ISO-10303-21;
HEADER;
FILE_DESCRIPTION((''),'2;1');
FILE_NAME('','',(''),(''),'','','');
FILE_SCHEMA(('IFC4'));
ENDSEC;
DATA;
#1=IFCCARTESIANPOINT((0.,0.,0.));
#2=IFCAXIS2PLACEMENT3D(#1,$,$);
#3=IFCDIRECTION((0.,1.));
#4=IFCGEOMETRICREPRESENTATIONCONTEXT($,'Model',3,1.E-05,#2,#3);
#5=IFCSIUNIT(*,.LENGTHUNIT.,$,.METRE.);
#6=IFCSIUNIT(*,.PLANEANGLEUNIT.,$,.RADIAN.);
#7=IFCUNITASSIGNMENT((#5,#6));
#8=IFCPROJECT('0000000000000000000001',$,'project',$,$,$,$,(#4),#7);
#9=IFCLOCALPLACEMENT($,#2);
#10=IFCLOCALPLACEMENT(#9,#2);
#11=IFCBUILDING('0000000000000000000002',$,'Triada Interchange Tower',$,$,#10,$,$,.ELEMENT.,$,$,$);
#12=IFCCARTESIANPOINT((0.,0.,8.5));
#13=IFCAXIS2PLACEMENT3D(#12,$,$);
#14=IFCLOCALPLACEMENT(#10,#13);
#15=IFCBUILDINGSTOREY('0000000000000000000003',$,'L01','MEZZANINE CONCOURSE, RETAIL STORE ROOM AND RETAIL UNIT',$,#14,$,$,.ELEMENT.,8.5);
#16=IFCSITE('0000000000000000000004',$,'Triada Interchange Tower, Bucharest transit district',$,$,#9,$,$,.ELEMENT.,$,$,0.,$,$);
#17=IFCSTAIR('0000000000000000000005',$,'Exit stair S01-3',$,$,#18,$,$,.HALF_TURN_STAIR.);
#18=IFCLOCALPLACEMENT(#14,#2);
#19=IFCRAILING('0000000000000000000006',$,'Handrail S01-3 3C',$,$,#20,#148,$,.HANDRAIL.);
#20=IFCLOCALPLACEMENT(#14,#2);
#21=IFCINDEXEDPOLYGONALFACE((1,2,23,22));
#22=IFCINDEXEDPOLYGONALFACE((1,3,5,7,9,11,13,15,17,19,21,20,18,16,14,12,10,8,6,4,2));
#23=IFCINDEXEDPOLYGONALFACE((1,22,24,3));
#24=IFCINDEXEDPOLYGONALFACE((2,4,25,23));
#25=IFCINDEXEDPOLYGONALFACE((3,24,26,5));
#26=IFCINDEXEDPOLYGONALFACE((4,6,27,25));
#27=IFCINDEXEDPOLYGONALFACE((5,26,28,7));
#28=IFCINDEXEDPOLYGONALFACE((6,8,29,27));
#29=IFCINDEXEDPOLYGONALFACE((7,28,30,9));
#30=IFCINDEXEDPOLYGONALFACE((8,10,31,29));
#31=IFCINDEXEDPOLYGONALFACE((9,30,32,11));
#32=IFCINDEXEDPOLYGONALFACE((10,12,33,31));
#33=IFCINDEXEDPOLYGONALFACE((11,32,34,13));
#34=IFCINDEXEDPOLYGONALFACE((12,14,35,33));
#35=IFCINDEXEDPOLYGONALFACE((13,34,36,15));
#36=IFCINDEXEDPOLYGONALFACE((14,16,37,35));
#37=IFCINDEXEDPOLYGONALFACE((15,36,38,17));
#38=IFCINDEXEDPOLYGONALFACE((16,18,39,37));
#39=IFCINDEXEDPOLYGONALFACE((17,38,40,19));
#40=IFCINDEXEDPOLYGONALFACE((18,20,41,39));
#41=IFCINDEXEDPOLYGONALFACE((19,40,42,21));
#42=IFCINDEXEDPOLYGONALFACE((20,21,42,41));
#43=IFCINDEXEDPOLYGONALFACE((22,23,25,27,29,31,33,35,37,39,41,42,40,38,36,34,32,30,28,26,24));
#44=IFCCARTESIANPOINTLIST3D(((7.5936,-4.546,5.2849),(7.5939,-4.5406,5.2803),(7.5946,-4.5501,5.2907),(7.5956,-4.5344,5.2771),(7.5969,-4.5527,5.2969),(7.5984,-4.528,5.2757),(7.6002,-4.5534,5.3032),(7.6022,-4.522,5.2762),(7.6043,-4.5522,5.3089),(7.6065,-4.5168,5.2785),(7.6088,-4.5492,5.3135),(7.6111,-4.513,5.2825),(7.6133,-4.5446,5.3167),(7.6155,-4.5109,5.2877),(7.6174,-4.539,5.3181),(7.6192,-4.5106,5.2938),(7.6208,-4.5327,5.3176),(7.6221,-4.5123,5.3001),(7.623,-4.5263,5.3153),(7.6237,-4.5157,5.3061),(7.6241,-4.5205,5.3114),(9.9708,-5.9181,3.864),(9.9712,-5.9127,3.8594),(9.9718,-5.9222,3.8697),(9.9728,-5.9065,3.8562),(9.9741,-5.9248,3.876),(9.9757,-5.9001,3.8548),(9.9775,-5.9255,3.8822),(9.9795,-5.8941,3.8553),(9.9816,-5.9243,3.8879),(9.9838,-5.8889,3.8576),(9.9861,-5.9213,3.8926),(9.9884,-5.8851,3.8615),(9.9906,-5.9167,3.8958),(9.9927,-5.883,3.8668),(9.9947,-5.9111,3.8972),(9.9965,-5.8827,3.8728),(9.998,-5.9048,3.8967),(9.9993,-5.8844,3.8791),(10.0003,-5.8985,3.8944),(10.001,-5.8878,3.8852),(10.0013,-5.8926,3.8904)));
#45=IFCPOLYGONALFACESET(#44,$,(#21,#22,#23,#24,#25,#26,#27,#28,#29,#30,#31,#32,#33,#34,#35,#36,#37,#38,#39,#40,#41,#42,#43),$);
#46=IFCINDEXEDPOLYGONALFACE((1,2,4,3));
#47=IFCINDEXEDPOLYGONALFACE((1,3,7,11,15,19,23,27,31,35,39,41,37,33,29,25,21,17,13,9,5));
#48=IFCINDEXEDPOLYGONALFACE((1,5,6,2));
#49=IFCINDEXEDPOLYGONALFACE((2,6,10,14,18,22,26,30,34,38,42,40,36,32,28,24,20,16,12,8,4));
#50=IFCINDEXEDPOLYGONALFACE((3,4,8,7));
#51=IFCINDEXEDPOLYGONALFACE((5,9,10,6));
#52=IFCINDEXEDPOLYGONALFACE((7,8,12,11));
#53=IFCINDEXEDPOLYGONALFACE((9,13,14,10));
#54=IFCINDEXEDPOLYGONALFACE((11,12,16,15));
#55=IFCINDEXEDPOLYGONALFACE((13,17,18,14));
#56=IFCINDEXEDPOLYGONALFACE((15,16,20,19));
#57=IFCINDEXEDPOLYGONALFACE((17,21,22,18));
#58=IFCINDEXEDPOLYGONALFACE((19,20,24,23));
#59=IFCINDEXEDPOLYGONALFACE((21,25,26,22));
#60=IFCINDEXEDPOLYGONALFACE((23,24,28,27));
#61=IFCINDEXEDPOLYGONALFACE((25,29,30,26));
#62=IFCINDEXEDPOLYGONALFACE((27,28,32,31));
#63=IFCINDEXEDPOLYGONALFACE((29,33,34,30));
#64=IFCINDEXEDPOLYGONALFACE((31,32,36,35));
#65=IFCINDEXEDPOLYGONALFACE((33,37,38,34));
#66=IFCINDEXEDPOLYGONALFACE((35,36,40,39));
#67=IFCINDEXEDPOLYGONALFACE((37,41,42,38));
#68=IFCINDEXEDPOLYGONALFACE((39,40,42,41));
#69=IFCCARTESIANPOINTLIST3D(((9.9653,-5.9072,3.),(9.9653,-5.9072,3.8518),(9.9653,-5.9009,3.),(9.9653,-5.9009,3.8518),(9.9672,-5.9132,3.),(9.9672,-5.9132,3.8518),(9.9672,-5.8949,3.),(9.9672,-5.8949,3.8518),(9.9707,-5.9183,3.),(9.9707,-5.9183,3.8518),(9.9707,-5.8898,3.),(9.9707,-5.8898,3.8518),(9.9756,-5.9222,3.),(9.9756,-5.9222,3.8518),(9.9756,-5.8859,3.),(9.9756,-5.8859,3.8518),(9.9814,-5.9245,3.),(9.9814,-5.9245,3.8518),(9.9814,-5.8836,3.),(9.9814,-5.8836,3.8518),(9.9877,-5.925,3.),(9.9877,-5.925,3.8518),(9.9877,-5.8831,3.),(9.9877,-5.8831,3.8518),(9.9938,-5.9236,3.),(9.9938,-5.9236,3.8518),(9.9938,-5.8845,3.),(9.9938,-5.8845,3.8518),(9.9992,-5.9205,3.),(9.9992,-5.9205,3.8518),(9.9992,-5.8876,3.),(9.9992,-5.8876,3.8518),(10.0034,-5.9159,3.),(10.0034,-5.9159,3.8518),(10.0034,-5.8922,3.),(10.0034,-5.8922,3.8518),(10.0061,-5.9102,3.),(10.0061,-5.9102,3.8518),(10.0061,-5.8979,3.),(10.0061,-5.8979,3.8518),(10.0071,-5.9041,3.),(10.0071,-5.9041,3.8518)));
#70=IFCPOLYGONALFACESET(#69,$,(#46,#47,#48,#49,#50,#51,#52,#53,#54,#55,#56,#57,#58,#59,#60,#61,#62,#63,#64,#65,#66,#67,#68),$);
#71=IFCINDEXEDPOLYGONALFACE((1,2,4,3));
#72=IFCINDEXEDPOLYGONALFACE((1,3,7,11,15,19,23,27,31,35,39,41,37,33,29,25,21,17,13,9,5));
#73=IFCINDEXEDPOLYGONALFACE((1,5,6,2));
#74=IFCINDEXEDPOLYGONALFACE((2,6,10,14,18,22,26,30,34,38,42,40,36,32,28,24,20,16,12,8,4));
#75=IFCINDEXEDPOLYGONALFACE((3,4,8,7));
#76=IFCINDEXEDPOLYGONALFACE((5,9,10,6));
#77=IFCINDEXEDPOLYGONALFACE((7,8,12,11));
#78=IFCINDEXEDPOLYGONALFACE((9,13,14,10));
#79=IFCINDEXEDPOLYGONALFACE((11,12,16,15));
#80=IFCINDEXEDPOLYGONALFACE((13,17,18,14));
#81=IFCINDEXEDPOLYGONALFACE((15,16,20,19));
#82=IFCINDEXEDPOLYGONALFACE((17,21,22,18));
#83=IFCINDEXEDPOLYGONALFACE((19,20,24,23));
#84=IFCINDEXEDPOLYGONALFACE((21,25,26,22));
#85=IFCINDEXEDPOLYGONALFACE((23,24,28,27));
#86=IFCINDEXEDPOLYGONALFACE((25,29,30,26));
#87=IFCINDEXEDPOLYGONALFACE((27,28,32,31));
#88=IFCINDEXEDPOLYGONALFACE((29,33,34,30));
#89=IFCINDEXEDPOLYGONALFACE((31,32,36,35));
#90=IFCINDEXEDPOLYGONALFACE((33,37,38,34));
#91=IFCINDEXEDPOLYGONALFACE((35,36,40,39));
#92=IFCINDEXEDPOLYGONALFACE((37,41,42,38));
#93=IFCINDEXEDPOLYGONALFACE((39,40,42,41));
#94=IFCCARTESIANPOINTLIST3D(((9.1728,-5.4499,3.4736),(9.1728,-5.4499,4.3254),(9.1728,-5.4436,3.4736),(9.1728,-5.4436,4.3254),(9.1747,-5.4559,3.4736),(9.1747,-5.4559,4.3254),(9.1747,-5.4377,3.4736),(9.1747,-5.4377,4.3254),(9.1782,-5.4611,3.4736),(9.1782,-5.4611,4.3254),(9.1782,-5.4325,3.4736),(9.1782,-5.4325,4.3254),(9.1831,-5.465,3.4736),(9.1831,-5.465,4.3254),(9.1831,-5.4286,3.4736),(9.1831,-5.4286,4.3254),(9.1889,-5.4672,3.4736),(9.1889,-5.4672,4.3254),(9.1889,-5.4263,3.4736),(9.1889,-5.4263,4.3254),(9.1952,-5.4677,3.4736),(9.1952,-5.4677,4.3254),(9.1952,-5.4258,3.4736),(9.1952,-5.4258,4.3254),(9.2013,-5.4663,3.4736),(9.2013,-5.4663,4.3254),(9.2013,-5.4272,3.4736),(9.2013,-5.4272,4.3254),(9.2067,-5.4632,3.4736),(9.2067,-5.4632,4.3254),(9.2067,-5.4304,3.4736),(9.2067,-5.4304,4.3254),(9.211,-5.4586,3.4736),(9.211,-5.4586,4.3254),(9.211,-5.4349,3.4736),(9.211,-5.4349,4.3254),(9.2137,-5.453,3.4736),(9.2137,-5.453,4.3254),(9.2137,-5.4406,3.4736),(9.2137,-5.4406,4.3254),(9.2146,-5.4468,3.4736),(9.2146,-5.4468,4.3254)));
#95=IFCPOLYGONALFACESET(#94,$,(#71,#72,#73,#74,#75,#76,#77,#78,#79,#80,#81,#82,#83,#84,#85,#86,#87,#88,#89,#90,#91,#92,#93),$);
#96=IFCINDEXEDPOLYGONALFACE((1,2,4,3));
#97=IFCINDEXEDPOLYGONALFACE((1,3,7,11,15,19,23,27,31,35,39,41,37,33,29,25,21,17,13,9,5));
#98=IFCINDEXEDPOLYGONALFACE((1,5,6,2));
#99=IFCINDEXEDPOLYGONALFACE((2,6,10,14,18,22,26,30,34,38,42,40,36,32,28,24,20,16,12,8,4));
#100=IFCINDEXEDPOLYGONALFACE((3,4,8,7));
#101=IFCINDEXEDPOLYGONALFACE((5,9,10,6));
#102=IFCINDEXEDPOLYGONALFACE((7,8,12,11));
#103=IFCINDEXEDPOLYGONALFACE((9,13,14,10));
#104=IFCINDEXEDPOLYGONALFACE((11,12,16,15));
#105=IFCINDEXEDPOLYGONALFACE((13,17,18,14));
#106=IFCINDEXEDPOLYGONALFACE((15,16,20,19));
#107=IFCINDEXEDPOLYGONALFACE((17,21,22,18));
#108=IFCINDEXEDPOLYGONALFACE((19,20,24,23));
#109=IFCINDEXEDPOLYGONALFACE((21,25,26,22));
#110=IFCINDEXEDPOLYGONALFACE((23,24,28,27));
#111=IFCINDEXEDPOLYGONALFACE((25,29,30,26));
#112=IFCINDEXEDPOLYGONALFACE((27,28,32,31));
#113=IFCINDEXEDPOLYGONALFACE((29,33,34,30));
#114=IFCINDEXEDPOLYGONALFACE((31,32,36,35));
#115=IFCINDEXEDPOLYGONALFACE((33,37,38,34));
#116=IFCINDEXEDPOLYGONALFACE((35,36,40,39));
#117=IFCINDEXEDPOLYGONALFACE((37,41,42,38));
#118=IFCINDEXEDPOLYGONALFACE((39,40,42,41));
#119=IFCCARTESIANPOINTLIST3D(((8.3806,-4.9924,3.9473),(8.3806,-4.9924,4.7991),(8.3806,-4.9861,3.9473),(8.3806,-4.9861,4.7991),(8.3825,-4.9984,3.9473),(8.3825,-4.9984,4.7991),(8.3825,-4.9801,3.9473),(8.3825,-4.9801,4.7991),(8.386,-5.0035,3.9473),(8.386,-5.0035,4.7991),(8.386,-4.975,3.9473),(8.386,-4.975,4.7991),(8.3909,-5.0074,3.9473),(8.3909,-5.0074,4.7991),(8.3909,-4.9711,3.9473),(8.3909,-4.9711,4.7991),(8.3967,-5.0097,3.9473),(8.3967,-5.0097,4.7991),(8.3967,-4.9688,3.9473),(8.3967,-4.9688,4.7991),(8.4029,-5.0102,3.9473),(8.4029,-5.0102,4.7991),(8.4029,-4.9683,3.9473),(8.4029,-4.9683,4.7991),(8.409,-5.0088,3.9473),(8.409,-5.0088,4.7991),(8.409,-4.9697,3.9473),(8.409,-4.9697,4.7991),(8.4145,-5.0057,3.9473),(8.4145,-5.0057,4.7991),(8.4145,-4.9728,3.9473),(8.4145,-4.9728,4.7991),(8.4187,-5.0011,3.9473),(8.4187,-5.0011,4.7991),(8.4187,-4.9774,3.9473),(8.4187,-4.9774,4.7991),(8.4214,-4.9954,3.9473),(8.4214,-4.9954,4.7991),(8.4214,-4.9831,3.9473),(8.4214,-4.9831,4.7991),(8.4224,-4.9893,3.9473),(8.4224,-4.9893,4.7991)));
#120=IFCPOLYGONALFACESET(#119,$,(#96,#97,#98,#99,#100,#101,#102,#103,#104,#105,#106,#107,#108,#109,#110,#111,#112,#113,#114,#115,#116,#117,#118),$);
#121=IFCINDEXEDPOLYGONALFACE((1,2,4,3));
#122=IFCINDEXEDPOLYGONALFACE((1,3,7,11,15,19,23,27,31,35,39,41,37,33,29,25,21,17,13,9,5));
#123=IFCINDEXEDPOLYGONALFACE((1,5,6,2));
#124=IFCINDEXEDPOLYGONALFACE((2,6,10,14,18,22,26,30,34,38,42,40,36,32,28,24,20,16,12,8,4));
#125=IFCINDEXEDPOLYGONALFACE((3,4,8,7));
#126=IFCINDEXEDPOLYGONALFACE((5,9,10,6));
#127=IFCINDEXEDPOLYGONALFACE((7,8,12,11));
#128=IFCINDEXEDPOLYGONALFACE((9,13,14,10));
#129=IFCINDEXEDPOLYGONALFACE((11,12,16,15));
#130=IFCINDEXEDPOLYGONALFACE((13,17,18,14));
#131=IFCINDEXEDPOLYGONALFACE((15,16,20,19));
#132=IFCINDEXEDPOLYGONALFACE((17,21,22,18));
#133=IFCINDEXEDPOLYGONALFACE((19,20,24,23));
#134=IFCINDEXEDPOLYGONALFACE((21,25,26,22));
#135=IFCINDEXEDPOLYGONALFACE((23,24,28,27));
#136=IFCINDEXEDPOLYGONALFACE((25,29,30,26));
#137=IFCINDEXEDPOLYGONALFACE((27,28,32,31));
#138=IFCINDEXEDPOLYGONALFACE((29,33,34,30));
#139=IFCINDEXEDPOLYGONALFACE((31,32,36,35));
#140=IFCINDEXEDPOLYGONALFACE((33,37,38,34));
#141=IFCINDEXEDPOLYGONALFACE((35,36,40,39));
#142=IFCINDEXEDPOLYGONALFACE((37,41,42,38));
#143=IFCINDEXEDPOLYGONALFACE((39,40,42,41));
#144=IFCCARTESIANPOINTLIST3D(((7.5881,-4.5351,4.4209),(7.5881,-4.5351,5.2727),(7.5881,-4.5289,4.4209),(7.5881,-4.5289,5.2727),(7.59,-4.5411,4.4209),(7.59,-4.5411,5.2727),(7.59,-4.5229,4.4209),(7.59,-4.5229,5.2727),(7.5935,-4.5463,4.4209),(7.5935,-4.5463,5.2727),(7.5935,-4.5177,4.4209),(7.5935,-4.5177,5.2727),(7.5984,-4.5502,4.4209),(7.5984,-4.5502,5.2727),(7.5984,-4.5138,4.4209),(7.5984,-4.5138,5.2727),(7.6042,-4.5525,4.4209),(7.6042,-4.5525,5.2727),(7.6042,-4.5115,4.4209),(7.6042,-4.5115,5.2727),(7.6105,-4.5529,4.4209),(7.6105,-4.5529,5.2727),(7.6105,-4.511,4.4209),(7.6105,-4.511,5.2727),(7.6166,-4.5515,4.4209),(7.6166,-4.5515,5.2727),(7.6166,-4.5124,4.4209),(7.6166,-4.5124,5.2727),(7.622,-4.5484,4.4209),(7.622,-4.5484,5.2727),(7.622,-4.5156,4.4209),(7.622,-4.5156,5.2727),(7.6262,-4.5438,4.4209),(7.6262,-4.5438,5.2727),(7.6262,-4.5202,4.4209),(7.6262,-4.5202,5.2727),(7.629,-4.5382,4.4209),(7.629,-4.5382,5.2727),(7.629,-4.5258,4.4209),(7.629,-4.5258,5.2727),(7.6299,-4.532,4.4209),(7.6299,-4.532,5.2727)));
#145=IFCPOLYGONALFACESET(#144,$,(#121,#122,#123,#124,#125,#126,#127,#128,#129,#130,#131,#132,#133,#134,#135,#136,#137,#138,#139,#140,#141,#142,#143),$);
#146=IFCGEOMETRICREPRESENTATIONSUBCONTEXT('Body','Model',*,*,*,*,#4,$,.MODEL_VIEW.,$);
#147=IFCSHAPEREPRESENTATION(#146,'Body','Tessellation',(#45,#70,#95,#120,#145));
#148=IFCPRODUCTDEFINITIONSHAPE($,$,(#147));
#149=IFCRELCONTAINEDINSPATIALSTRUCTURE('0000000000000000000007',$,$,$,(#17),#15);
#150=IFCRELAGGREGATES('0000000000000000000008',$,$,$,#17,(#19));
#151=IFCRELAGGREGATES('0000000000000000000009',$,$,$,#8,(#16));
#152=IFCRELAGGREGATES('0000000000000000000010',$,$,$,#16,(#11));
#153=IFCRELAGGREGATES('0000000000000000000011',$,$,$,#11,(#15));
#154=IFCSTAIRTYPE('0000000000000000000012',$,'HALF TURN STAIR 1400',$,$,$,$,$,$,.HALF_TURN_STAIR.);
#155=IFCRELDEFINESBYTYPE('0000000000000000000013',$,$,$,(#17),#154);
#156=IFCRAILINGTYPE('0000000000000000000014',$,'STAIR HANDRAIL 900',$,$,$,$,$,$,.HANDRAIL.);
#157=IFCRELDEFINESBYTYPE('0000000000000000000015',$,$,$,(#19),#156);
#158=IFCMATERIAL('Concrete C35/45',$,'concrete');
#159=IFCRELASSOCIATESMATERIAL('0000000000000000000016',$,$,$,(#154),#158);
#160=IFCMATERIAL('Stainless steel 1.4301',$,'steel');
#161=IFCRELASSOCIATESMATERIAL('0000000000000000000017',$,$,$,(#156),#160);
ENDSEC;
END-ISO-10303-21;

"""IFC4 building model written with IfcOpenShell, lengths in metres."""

from ifc_helpers import new_model, si_unit, direction, frame, origin, origin_2d, place, context, subcontext, project, spatial, circle, extrude, material, type_object, element, aggregate, save


model = new_model("IFC4")

# Units and contexts
model_context = context("Model", 3, precision=1e-05, world=origin(), true_north=direction((0.0, 1.0)))
body_context = subcontext(model_context, "Body", "Model", "MODEL_VIEW")
ifc_project = project(units=[si_unit("LENGTHUNIT", "METRE"), si_unit("PLANEANGLEUNIT", "RADIAN")], contexts=[model_context])

# Site, building, storey
site_placement = place(None, origin())
site = spatial("IfcSite", under=ifc_project, at=site_placement, Name="Triada Interchange Tower, Bucharest transit district", CompositionType="ELEMENT", RefElevation=0.0)
building_placement = place(site_placement, origin())
building = spatial("IfcBuilding", under=site, at=building_placement, Name="Triada Interchange Tower", CompositionType="ELEMENT")
storey_placement = place(building_placement, frame((0.0, 0.0, 8.5)))
storey = spatial("IfcBuildingStorey", under=building, at=storey_placement, Name="L01", Description="MEZZANINE CONCOURSE, RETAIL STORE ROOM AND RETAIL UNIT", CompositionType="ELEMENT", Elevation=8.5)

# Shared definitions
ifc_material_1 = material(Name="Concrete C35/45", Category="concrete")

# Stair
stair_type = type_object("IfcStairType", Name="HALF TURN STAIR 1400", PredefinedType="HALF_TURN_STAIR", material=ifc_material_1)
stair_1_placement = place(storey_placement, origin())
stair_1 = element("IfcStair", 1, at=stair_1_placement, inside=storey, type_object=stair_type, Name="Exit stair S01-3", PredefinedType="HALF_TURN_STAIR")

# Railing
ifc_material_2 = material(Name="Stainless steel 1.4301", Category="steel")
railing_type_1 = type_object("IfcRailingType", Name="STAIR HANDRAIL 900", PredefinedType="HANDRAIL", material=ifc_material_2)
railing_1_placement = place(storey_placement, frame((9.9861, -5.9041, 3.0)))
railing_1 = element("IfcRailing", 2, at=railing_1_placement, type_object=railing_type_1, Name="Handrail S01-3 3C", PredefinedType="HANDRAIL", context=body_context, shape_type="SweptSolid", body=[
    extrude(circle(Radius=0.0239, at=origin_2d()), frame((0.0, 0.0, 0.876), z_axis=(-0.769138, 0.443931, 0.459729), x_axis=(-0.499889, -0.866089, 0.0)), (0.0, 0.0, 1.0), 3.0908),
    extrude(circle(Radius=0.021, at=origin_2d()), origin(), (0.0, 0.0, 1.0), 0.8518),
    extrude(circle(Radius=0.021, at=origin_2d()), frame((-0.7925, 0.4573, 0.4736)), (0.0, 0.0, 1.0), 0.8518),
    extrude(circle(Radius=0.021, at=origin_2d()), frame((-1.5847, 0.9148, 0.9473)), (0.0, 0.0, 1.0), 0.8518),
    extrude(circle(Radius=0.021, at=origin_2d()), frame((-2.3772, 1.3721, 1.4209)), (0.0, 0.0, 1.0), 0.8518),
])
aggregate(stair_1, [railing_1])

save(model, "model.ifc")
